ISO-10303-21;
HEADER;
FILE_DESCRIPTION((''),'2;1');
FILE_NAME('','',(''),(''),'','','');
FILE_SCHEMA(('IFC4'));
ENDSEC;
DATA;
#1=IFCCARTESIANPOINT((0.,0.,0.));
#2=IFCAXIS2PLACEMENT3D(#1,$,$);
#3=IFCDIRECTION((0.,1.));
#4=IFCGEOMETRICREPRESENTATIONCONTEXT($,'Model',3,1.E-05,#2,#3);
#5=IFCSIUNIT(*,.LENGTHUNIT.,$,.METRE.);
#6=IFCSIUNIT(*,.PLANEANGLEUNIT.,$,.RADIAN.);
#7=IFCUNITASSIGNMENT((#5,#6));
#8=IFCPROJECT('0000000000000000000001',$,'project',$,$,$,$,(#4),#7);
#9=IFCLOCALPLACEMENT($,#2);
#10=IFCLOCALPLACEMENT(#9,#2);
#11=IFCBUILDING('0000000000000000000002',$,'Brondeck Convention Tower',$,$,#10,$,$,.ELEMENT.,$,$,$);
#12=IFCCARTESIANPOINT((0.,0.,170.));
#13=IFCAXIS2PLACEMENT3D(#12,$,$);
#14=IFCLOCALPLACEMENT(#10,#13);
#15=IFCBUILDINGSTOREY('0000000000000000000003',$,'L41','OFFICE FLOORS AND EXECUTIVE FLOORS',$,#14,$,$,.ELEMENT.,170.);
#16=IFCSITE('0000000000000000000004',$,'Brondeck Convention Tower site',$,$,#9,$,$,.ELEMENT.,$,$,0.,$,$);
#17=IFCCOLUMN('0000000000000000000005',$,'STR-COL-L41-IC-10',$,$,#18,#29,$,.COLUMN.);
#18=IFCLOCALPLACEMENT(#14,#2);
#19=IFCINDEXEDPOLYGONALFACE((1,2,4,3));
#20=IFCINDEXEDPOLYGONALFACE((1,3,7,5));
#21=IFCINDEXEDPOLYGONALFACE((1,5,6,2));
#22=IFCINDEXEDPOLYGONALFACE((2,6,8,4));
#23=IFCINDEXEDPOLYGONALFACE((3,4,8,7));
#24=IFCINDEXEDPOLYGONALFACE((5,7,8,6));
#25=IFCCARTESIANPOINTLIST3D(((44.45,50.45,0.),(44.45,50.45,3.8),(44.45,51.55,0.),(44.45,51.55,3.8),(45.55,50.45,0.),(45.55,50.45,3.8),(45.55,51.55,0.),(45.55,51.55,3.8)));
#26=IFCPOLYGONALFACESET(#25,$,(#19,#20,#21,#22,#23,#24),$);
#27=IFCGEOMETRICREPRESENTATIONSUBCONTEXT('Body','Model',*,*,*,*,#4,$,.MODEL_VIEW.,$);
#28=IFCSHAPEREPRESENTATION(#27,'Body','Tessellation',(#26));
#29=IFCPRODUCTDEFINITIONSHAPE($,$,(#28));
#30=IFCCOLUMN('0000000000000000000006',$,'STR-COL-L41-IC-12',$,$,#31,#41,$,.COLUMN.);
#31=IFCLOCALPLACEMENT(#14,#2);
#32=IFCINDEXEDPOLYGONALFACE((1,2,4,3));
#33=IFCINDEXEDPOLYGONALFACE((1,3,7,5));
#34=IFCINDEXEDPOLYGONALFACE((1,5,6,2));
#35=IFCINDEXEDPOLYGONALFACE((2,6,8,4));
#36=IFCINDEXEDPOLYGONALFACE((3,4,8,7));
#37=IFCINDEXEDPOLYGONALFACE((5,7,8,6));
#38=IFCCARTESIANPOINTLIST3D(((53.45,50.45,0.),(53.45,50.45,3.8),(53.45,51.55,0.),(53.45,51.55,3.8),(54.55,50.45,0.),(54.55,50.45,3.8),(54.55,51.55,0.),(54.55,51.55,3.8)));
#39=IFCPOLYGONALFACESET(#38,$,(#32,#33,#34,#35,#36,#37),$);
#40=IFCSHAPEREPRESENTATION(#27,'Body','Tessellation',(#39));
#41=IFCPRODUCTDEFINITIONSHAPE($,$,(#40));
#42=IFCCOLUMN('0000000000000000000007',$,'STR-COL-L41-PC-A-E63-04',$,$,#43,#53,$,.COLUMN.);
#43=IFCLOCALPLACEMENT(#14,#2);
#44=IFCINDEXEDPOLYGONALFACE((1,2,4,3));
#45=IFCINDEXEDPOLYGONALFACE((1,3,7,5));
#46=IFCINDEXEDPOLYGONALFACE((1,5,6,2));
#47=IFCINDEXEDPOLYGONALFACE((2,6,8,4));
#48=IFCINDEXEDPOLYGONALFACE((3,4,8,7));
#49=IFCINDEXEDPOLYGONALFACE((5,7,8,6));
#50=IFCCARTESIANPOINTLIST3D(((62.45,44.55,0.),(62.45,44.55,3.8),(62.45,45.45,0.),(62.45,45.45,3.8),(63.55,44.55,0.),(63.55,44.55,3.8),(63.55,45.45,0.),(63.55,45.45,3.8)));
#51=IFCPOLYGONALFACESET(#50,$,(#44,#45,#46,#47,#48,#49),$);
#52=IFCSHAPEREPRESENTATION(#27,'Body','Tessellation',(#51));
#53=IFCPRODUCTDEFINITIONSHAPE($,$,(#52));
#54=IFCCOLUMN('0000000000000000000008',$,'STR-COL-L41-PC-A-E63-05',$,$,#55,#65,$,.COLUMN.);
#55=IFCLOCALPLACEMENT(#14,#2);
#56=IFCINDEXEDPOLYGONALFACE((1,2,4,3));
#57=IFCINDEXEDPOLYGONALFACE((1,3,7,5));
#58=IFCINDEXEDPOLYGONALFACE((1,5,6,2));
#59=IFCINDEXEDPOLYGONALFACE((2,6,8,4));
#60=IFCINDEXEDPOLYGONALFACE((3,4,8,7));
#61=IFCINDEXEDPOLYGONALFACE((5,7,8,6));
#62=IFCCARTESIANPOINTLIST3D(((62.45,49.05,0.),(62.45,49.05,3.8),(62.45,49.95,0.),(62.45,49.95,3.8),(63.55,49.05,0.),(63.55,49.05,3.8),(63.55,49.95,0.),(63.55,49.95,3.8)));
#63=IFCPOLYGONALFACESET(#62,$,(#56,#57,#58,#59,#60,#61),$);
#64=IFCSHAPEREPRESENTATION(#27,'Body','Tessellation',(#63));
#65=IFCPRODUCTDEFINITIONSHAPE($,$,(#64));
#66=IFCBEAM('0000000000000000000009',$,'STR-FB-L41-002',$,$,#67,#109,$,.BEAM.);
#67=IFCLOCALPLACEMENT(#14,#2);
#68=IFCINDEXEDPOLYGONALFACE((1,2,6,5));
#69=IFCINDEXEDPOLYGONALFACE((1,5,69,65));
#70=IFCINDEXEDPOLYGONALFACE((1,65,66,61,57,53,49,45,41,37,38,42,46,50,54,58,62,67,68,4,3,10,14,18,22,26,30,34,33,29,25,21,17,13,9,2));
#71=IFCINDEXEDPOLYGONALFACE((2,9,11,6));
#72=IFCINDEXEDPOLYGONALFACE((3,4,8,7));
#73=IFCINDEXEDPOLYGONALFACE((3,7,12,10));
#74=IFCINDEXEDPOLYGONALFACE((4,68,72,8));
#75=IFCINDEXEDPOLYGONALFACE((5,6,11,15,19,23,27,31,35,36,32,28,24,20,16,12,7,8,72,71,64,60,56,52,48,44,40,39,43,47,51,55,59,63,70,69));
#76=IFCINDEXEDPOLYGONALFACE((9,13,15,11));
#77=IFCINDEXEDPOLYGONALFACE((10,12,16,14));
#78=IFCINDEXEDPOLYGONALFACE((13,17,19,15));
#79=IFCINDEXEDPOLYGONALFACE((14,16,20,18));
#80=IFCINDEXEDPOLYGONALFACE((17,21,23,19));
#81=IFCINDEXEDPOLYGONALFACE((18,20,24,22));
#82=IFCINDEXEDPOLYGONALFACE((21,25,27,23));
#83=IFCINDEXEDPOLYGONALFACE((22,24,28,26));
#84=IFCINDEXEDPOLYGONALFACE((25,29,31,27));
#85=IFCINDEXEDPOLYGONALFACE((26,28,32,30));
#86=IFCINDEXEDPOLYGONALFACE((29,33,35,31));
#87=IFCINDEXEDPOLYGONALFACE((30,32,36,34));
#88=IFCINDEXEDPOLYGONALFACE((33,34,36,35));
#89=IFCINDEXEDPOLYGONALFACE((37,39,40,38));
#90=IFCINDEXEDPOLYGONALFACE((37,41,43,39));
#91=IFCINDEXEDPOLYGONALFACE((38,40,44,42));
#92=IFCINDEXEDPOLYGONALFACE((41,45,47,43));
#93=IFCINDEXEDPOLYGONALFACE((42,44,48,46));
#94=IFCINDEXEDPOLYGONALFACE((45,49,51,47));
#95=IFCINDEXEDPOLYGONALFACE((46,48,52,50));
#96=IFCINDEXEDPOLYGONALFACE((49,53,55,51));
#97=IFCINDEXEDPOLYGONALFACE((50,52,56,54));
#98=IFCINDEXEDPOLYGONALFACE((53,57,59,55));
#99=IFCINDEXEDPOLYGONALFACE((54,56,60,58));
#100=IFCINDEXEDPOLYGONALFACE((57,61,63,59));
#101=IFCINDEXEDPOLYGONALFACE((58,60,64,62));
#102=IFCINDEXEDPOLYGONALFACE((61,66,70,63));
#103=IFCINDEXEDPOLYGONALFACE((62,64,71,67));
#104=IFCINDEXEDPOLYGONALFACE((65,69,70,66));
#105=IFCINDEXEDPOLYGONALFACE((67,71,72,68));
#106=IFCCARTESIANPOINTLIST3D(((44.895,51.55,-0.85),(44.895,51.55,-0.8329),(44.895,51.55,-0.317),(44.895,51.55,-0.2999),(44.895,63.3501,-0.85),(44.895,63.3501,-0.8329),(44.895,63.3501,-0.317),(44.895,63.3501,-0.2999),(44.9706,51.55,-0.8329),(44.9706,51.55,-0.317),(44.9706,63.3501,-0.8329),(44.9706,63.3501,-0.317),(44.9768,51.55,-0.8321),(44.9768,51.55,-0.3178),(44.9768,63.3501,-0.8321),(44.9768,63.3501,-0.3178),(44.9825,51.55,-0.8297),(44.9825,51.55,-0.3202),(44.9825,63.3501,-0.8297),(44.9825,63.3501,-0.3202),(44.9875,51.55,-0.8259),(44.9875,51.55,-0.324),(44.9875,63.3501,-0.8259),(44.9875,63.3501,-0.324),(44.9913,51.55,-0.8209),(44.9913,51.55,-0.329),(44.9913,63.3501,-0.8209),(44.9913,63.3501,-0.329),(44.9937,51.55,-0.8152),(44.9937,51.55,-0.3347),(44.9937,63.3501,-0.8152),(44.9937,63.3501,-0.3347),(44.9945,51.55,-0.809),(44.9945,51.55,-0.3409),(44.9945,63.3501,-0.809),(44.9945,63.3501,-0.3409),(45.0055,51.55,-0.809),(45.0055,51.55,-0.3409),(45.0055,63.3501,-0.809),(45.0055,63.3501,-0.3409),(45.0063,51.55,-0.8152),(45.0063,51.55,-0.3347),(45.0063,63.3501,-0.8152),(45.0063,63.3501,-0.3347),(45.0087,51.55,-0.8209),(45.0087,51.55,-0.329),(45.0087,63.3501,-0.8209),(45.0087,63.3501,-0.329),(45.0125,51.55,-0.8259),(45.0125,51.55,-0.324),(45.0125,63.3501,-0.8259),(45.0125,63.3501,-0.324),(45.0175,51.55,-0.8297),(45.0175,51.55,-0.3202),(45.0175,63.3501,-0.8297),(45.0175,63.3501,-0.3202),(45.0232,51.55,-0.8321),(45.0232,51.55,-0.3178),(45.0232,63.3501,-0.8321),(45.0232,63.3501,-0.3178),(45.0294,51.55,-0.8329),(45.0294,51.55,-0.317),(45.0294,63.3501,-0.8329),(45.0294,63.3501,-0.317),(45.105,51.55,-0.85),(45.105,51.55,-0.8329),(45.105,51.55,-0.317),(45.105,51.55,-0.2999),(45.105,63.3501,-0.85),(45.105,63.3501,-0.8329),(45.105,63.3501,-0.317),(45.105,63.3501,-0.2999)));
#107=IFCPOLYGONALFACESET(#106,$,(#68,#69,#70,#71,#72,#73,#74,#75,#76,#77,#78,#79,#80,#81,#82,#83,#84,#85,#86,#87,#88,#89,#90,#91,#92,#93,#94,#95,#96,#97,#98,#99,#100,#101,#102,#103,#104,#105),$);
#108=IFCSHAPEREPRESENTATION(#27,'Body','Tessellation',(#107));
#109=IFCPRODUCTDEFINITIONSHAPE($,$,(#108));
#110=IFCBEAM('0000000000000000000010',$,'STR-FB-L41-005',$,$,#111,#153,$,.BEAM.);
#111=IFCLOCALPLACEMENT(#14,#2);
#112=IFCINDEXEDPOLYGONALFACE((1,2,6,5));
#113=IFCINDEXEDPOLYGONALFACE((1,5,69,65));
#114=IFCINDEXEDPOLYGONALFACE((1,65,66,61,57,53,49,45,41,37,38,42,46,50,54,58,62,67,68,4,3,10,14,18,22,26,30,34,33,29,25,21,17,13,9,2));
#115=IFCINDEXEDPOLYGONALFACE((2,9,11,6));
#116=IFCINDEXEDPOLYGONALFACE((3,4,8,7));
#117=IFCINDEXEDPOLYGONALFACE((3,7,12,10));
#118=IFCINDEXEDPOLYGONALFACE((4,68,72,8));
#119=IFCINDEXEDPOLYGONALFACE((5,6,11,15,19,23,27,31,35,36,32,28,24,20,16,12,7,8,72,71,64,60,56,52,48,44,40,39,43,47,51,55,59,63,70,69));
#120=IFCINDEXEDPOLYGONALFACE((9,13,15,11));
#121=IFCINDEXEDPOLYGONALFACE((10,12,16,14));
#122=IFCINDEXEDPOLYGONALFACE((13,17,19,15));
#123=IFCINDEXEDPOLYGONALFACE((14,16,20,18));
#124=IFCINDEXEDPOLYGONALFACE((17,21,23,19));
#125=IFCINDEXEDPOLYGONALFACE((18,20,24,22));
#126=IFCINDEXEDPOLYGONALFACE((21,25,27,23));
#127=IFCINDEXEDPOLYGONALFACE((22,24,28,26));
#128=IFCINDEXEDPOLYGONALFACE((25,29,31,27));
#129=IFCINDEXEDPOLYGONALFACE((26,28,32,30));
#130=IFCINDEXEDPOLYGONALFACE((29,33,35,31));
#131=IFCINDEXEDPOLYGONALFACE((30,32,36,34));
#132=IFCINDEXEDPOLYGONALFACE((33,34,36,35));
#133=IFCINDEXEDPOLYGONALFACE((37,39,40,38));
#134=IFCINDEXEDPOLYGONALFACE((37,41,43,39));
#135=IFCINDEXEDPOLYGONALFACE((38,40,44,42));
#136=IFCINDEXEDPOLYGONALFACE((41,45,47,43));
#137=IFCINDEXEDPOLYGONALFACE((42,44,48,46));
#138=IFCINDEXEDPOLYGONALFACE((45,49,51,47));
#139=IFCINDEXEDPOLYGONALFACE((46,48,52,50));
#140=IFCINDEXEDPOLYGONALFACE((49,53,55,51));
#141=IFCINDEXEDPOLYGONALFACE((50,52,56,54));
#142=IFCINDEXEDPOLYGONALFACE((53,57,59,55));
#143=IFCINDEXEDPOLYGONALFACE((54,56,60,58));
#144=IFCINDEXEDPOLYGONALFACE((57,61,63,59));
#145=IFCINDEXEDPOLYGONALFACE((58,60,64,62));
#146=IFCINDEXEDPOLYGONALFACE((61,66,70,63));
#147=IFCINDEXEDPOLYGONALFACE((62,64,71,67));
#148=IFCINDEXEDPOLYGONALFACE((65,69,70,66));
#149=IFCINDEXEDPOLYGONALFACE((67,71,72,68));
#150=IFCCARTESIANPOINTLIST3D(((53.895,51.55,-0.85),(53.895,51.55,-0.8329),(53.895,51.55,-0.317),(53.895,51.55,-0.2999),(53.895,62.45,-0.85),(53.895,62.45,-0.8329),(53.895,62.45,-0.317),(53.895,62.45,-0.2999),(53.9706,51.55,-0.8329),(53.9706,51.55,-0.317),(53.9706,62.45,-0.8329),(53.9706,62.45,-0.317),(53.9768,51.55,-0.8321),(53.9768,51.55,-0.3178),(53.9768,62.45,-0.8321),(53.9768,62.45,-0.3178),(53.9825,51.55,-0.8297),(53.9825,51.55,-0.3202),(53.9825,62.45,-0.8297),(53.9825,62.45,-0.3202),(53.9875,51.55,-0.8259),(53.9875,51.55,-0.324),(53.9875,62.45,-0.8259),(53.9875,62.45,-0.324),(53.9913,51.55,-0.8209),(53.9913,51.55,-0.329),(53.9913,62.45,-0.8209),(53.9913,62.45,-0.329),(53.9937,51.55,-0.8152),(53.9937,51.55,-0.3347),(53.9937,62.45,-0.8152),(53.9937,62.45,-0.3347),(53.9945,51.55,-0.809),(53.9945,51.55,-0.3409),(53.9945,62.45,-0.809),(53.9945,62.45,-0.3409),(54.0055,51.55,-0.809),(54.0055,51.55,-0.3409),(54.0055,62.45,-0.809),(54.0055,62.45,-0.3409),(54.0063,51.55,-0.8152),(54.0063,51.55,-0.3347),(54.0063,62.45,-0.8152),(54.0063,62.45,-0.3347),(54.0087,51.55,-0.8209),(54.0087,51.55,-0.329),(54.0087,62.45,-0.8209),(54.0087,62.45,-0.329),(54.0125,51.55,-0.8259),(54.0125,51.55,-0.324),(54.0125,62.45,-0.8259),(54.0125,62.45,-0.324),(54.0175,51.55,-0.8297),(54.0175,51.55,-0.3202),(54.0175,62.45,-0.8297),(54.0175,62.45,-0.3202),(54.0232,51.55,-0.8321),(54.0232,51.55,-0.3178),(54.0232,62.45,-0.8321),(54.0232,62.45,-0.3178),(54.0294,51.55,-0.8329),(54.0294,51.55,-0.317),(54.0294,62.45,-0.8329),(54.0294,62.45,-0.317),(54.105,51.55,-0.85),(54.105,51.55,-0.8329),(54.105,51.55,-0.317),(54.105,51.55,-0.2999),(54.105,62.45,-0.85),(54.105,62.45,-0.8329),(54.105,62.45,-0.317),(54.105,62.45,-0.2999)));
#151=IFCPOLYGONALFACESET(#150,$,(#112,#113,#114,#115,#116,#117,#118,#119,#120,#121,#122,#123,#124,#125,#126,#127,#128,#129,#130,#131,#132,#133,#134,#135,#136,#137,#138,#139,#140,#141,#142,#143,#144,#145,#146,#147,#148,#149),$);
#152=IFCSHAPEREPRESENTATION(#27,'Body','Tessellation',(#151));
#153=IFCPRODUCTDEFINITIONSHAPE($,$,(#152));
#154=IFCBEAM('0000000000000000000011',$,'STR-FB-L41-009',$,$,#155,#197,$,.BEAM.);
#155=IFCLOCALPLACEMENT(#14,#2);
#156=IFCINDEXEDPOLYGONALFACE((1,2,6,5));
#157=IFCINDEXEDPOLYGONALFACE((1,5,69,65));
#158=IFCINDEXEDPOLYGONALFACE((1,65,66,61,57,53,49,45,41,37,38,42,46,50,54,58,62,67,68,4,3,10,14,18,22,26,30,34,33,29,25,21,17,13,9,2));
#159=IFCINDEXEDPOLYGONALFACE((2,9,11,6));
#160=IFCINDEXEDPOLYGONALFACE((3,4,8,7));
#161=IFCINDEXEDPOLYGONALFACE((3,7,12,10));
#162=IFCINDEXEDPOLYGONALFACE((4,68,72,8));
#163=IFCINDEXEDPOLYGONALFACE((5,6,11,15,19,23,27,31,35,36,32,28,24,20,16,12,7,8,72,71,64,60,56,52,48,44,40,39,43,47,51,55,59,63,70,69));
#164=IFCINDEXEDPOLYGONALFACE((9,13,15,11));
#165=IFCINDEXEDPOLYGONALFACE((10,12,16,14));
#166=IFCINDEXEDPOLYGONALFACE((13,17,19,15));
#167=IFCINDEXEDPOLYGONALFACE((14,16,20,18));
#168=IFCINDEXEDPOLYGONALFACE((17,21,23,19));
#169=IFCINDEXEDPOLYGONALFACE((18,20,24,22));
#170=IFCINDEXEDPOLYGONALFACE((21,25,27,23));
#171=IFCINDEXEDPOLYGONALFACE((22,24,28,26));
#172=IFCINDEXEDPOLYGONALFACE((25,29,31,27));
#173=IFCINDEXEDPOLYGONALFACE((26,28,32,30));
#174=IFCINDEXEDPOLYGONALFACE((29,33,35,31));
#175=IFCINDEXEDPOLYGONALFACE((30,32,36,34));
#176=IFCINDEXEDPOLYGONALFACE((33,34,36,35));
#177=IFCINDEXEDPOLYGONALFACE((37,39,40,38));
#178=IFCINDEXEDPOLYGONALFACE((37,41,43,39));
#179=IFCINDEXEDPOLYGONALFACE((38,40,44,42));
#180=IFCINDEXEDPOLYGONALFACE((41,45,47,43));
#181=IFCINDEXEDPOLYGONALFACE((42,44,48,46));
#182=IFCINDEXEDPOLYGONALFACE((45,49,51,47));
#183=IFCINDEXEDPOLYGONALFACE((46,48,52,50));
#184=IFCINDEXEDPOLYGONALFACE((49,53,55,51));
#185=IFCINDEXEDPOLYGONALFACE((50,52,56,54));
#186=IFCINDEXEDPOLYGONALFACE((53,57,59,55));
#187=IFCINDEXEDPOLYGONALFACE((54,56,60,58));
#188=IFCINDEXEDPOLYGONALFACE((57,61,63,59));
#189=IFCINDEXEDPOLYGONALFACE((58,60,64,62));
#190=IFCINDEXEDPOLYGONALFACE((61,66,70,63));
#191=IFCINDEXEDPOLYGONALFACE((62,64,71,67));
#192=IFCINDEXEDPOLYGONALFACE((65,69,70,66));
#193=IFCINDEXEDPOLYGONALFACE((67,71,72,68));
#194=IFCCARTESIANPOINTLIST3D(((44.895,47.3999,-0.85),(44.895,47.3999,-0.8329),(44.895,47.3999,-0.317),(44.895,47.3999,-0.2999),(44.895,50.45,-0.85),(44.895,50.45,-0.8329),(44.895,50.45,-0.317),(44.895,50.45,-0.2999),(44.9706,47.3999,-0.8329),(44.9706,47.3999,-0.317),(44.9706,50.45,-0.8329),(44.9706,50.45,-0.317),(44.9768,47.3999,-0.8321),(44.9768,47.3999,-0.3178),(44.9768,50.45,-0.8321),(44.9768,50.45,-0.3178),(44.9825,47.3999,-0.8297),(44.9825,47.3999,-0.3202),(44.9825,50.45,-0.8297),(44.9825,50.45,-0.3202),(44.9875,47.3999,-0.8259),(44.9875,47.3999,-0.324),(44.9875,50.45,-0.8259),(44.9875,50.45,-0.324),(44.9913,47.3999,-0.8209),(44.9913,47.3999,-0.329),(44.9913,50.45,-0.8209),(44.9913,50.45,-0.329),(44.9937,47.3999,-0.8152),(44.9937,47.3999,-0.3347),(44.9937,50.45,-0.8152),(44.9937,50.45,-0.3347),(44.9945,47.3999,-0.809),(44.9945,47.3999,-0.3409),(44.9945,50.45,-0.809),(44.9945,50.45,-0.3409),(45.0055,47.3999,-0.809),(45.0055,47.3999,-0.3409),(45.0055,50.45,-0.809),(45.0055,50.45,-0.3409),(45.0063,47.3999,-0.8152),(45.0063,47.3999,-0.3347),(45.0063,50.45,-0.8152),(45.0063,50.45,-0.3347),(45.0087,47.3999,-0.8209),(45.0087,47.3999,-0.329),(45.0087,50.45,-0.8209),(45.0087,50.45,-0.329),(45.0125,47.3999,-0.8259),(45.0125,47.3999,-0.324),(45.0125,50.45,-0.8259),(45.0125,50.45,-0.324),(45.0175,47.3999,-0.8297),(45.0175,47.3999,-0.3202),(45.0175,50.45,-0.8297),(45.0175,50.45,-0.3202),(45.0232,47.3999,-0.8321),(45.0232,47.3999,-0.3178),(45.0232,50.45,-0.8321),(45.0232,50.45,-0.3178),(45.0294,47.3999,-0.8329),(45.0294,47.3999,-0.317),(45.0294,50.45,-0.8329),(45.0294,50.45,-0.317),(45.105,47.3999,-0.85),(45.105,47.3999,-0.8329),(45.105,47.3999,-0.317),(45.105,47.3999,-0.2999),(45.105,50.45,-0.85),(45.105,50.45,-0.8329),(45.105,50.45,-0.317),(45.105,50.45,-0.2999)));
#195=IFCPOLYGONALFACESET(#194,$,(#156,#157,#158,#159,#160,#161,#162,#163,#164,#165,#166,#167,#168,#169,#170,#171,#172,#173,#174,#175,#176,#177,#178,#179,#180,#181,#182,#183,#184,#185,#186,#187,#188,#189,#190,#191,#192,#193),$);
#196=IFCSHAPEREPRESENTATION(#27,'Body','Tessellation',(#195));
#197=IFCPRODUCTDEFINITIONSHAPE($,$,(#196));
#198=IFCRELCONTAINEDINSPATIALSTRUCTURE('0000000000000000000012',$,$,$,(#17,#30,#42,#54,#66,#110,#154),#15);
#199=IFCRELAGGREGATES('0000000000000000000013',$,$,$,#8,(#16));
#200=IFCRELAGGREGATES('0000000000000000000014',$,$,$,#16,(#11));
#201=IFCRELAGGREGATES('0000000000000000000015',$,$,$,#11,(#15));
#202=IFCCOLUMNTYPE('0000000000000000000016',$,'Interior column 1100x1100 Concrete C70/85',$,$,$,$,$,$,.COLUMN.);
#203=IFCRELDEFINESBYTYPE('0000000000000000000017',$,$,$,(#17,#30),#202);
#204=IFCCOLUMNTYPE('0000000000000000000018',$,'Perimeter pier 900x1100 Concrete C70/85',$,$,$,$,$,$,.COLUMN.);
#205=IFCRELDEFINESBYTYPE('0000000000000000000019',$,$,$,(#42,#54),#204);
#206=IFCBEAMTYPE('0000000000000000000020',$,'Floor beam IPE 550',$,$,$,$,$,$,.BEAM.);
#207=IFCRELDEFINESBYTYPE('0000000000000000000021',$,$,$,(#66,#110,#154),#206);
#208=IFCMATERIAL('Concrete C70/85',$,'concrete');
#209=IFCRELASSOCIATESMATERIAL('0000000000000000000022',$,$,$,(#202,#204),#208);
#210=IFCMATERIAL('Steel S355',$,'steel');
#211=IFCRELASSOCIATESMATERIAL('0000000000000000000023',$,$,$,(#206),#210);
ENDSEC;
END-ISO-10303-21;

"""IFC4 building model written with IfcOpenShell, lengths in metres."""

from ifc_helpers import new_model, si_unit, direction, frame, origin, origin_2d, place, context, subcontext, project, spatial, rectangle, i_section, extrude, material, material_profile, profile_set, type_object, element, save


model = new_model("IFC4")

# Units and contexts
model_context = context("Model", 3, precision=1e-05, world=origin(), true_north=direction((0.0, 1.0)))
body_context = subcontext(model_context, "Body", "Model", "MODEL_VIEW")
ifc_project = project(units=[si_unit("LENGTHUNIT", "METRE"), si_unit("PLANEANGLEUNIT", "RADIAN")], contexts=[model_context])

# Site, building, storey
site_placement = place(None, origin())
site = spatial("IfcSite", under=ifc_project, at=site_placement, Name="Brondeck Convention Tower site", CompositionType="ELEMENT", RefElevation=0.0)
building_placement = place(site_placement, origin())
building = spatial("IfcBuilding", under=site, at=building_placement, Name="Brondeck Convention Tower", CompositionType="ELEMENT")
storey_placement = place(building_placement, frame((0.0, 0.0, 170.0)))
storey = spatial("IfcBuildingStorey", under=building, at=storey_placement, Name="L41", Description="OFFICE FLOORS AND EXECUTIVE FLOORS", CompositionType="ELEMENT", Elevation=170.0)

# Columns
ifc_material_1 = material(Name="Concrete C70/85", Category="concrete")
ifc_material_profile_1 = material_profile(ifc_material_1, rectangle(XDim=1.1001, YDim=1.1001, at=origin_2d()), Name="Interior column 1100x1100 Concrete C70/85")
ifc_profile_set_1 = profile_set([ifc_material_profile_1], Name="Concrete C70/85")
column_type_1 = type_object("IfcColumnType", Name="Interior column 1100x1100 Concrete C70/85", PredefinedType="COLUMN", material=ifc_profile_set_1)
for number, where, z_axis, x_axis, name in (
    (1, (45.0, 51.0, 0.0), (0.0, 0.0, 1.0), (1.0, 0.0, 0.0), "STR-COL-L41-IC-10"),
    (2, (54.0, 51.0, 0.0), (0.0, 0.0, 1.0), (1.0, 0.0, 0.0), "STR-COL-L41-IC-12"),
):
    element("IfcColumn", number, at=place(storey_placement, frame(where, z_axis=z_axis, x_axis=x_axis)), inside=storey, type_object=column_type_1, Name=name, PredefinedType="COLUMN", context=body_context, shape_type="SweptSolid", body=[
        extrude(rectangle(XDim=1.1001, YDim=1.1001, at=origin_2d()), origin(), (0.0, 0.0, 1.0), 3.8),
    ])
ifc_material_profile_2 = material_profile(ifc_material_1, rectangle(XDim=0.8999, YDim=1.1001, at=origin_2d()), Name="Perimeter pier 900x1100 Concrete C70/85")
ifc_profile_set_2 = profile_set([ifc_material_profile_2], Name="Concrete C70/85")
column_type_2 = type_object("IfcColumnType", Name="Perimeter pier 900x1100 Concrete C70/85", PredefinedType="COLUMN", material=ifc_profile_set_2)
for number, where, z_axis, x_axis, name in (
    (3, (63.0, 45.0, 0.0), (0.0, 0.0, 1.0), (0.0, 1.0, 0.0), "STR-COL-L41-PC-A-E63-04"),
    (4, (63.0, 49.5, 0.0), (0.0, 0.0, 1.0), (0.0, 1.0, 0.0), "STR-COL-L41-PC-A-E63-05"),
):
    element("IfcColumn", number, at=place(storey_placement, frame(where, z_axis=z_axis, x_axis=x_axis)), inside=storey, type_object=column_type_2, Name=name, PredefinedType="COLUMN", context=body_context, shape_type="SweptSolid", body=[
        extrude(rectangle(XDim=0.8999, YDim=1.1001, at=origin_2d()), origin(), (0.0, 0.0, 1.0), 3.8),
    ])

# Beams
ifc_material_2 = material(Name="Steel S355", Category="steel")
ifc_material_profile_3 = material_profile(ifc_material_2, i_section(OverallWidth=0.21, OverallDepth=0.55, WebThickness=0.011, FlangeThickness=0.0171, FilletRadius=0.0239, at=origin_2d()), Name="IPE 550")
ifc_profile_set_3 = profile_set([ifc_material_profile_3], Name="Steel S355")
beam_type_1 = type_object("IfcBeamType", Name="Floor beam IPE 550", PredefinedType="BEAM", material=ifc_profile_set_3)
beam_1_placement = place(storey_placement, frame((45.0, 51.55, -0.575), z_axis=(0.0, 1.0, 0.0), x_axis=(-1.0, 0.0, 0.0)))
element("IfcBeam", 5, at=beam_1_placement, inside=storey, type_object=beam_type_1, Name="STR-FB-L41-002", PredefinedType="BEAM", context=body_context, shape_type="SweptSolid", body=[
    extrude(i_section(OverallWidth=0.21, OverallDepth=0.55, WebThickness=0.011, FlangeThickness=0.0171, FilletRadius=0.0239, at=origin_2d()), origin(), (0.0, 0.0, 1.0), 11.8),
])
beam_2_placement = place(storey_placement, frame((54.0, 51.55, -0.575), z_axis=(0.0, 1.0, 0.0), x_axis=(-1.0, 0.0, 0.0)))
element("IfcBeam", 6, at=beam_2_placement, inside=storey, type_object=beam_type_1, Name="STR-FB-L41-005", PredefinedType="BEAM", context=body_context, shape_type="SweptSolid", body=[
    extrude(i_section(OverallWidth=0.21, OverallDepth=0.55, WebThickness=0.011, FlangeThickness=0.0171, FilletRadius=0.0239, at=origin_2d()), origin(), (0.0, 0.0, 1.0), 10.8999),
])
beam_3_placement = place(storey_placement, frame((45.0, 47.3999, -0.575), z_axis=(0.0, 1.0, 0.0), x_axis=(-1.0, 0.0, 0.0)))
element("IfcBeam", 7, at=beam_3_placement, inside=storey, type_object=beam_type_1, Name="STR-FB-L41-009", PredefinedType="BEAM", context=body_context, shape_type="SweptSolid", body=[
    extrude(i_section(OverallWidth=0.21, OverallDepth=0.55, WebThickness=0.011, FlangeThickness=0.0171, FilletRadius=0.0239, at=origin_2d()), origin(), (0.0, 0.0, 1.0), 3.05),
])

save(model, "model.ifc")
